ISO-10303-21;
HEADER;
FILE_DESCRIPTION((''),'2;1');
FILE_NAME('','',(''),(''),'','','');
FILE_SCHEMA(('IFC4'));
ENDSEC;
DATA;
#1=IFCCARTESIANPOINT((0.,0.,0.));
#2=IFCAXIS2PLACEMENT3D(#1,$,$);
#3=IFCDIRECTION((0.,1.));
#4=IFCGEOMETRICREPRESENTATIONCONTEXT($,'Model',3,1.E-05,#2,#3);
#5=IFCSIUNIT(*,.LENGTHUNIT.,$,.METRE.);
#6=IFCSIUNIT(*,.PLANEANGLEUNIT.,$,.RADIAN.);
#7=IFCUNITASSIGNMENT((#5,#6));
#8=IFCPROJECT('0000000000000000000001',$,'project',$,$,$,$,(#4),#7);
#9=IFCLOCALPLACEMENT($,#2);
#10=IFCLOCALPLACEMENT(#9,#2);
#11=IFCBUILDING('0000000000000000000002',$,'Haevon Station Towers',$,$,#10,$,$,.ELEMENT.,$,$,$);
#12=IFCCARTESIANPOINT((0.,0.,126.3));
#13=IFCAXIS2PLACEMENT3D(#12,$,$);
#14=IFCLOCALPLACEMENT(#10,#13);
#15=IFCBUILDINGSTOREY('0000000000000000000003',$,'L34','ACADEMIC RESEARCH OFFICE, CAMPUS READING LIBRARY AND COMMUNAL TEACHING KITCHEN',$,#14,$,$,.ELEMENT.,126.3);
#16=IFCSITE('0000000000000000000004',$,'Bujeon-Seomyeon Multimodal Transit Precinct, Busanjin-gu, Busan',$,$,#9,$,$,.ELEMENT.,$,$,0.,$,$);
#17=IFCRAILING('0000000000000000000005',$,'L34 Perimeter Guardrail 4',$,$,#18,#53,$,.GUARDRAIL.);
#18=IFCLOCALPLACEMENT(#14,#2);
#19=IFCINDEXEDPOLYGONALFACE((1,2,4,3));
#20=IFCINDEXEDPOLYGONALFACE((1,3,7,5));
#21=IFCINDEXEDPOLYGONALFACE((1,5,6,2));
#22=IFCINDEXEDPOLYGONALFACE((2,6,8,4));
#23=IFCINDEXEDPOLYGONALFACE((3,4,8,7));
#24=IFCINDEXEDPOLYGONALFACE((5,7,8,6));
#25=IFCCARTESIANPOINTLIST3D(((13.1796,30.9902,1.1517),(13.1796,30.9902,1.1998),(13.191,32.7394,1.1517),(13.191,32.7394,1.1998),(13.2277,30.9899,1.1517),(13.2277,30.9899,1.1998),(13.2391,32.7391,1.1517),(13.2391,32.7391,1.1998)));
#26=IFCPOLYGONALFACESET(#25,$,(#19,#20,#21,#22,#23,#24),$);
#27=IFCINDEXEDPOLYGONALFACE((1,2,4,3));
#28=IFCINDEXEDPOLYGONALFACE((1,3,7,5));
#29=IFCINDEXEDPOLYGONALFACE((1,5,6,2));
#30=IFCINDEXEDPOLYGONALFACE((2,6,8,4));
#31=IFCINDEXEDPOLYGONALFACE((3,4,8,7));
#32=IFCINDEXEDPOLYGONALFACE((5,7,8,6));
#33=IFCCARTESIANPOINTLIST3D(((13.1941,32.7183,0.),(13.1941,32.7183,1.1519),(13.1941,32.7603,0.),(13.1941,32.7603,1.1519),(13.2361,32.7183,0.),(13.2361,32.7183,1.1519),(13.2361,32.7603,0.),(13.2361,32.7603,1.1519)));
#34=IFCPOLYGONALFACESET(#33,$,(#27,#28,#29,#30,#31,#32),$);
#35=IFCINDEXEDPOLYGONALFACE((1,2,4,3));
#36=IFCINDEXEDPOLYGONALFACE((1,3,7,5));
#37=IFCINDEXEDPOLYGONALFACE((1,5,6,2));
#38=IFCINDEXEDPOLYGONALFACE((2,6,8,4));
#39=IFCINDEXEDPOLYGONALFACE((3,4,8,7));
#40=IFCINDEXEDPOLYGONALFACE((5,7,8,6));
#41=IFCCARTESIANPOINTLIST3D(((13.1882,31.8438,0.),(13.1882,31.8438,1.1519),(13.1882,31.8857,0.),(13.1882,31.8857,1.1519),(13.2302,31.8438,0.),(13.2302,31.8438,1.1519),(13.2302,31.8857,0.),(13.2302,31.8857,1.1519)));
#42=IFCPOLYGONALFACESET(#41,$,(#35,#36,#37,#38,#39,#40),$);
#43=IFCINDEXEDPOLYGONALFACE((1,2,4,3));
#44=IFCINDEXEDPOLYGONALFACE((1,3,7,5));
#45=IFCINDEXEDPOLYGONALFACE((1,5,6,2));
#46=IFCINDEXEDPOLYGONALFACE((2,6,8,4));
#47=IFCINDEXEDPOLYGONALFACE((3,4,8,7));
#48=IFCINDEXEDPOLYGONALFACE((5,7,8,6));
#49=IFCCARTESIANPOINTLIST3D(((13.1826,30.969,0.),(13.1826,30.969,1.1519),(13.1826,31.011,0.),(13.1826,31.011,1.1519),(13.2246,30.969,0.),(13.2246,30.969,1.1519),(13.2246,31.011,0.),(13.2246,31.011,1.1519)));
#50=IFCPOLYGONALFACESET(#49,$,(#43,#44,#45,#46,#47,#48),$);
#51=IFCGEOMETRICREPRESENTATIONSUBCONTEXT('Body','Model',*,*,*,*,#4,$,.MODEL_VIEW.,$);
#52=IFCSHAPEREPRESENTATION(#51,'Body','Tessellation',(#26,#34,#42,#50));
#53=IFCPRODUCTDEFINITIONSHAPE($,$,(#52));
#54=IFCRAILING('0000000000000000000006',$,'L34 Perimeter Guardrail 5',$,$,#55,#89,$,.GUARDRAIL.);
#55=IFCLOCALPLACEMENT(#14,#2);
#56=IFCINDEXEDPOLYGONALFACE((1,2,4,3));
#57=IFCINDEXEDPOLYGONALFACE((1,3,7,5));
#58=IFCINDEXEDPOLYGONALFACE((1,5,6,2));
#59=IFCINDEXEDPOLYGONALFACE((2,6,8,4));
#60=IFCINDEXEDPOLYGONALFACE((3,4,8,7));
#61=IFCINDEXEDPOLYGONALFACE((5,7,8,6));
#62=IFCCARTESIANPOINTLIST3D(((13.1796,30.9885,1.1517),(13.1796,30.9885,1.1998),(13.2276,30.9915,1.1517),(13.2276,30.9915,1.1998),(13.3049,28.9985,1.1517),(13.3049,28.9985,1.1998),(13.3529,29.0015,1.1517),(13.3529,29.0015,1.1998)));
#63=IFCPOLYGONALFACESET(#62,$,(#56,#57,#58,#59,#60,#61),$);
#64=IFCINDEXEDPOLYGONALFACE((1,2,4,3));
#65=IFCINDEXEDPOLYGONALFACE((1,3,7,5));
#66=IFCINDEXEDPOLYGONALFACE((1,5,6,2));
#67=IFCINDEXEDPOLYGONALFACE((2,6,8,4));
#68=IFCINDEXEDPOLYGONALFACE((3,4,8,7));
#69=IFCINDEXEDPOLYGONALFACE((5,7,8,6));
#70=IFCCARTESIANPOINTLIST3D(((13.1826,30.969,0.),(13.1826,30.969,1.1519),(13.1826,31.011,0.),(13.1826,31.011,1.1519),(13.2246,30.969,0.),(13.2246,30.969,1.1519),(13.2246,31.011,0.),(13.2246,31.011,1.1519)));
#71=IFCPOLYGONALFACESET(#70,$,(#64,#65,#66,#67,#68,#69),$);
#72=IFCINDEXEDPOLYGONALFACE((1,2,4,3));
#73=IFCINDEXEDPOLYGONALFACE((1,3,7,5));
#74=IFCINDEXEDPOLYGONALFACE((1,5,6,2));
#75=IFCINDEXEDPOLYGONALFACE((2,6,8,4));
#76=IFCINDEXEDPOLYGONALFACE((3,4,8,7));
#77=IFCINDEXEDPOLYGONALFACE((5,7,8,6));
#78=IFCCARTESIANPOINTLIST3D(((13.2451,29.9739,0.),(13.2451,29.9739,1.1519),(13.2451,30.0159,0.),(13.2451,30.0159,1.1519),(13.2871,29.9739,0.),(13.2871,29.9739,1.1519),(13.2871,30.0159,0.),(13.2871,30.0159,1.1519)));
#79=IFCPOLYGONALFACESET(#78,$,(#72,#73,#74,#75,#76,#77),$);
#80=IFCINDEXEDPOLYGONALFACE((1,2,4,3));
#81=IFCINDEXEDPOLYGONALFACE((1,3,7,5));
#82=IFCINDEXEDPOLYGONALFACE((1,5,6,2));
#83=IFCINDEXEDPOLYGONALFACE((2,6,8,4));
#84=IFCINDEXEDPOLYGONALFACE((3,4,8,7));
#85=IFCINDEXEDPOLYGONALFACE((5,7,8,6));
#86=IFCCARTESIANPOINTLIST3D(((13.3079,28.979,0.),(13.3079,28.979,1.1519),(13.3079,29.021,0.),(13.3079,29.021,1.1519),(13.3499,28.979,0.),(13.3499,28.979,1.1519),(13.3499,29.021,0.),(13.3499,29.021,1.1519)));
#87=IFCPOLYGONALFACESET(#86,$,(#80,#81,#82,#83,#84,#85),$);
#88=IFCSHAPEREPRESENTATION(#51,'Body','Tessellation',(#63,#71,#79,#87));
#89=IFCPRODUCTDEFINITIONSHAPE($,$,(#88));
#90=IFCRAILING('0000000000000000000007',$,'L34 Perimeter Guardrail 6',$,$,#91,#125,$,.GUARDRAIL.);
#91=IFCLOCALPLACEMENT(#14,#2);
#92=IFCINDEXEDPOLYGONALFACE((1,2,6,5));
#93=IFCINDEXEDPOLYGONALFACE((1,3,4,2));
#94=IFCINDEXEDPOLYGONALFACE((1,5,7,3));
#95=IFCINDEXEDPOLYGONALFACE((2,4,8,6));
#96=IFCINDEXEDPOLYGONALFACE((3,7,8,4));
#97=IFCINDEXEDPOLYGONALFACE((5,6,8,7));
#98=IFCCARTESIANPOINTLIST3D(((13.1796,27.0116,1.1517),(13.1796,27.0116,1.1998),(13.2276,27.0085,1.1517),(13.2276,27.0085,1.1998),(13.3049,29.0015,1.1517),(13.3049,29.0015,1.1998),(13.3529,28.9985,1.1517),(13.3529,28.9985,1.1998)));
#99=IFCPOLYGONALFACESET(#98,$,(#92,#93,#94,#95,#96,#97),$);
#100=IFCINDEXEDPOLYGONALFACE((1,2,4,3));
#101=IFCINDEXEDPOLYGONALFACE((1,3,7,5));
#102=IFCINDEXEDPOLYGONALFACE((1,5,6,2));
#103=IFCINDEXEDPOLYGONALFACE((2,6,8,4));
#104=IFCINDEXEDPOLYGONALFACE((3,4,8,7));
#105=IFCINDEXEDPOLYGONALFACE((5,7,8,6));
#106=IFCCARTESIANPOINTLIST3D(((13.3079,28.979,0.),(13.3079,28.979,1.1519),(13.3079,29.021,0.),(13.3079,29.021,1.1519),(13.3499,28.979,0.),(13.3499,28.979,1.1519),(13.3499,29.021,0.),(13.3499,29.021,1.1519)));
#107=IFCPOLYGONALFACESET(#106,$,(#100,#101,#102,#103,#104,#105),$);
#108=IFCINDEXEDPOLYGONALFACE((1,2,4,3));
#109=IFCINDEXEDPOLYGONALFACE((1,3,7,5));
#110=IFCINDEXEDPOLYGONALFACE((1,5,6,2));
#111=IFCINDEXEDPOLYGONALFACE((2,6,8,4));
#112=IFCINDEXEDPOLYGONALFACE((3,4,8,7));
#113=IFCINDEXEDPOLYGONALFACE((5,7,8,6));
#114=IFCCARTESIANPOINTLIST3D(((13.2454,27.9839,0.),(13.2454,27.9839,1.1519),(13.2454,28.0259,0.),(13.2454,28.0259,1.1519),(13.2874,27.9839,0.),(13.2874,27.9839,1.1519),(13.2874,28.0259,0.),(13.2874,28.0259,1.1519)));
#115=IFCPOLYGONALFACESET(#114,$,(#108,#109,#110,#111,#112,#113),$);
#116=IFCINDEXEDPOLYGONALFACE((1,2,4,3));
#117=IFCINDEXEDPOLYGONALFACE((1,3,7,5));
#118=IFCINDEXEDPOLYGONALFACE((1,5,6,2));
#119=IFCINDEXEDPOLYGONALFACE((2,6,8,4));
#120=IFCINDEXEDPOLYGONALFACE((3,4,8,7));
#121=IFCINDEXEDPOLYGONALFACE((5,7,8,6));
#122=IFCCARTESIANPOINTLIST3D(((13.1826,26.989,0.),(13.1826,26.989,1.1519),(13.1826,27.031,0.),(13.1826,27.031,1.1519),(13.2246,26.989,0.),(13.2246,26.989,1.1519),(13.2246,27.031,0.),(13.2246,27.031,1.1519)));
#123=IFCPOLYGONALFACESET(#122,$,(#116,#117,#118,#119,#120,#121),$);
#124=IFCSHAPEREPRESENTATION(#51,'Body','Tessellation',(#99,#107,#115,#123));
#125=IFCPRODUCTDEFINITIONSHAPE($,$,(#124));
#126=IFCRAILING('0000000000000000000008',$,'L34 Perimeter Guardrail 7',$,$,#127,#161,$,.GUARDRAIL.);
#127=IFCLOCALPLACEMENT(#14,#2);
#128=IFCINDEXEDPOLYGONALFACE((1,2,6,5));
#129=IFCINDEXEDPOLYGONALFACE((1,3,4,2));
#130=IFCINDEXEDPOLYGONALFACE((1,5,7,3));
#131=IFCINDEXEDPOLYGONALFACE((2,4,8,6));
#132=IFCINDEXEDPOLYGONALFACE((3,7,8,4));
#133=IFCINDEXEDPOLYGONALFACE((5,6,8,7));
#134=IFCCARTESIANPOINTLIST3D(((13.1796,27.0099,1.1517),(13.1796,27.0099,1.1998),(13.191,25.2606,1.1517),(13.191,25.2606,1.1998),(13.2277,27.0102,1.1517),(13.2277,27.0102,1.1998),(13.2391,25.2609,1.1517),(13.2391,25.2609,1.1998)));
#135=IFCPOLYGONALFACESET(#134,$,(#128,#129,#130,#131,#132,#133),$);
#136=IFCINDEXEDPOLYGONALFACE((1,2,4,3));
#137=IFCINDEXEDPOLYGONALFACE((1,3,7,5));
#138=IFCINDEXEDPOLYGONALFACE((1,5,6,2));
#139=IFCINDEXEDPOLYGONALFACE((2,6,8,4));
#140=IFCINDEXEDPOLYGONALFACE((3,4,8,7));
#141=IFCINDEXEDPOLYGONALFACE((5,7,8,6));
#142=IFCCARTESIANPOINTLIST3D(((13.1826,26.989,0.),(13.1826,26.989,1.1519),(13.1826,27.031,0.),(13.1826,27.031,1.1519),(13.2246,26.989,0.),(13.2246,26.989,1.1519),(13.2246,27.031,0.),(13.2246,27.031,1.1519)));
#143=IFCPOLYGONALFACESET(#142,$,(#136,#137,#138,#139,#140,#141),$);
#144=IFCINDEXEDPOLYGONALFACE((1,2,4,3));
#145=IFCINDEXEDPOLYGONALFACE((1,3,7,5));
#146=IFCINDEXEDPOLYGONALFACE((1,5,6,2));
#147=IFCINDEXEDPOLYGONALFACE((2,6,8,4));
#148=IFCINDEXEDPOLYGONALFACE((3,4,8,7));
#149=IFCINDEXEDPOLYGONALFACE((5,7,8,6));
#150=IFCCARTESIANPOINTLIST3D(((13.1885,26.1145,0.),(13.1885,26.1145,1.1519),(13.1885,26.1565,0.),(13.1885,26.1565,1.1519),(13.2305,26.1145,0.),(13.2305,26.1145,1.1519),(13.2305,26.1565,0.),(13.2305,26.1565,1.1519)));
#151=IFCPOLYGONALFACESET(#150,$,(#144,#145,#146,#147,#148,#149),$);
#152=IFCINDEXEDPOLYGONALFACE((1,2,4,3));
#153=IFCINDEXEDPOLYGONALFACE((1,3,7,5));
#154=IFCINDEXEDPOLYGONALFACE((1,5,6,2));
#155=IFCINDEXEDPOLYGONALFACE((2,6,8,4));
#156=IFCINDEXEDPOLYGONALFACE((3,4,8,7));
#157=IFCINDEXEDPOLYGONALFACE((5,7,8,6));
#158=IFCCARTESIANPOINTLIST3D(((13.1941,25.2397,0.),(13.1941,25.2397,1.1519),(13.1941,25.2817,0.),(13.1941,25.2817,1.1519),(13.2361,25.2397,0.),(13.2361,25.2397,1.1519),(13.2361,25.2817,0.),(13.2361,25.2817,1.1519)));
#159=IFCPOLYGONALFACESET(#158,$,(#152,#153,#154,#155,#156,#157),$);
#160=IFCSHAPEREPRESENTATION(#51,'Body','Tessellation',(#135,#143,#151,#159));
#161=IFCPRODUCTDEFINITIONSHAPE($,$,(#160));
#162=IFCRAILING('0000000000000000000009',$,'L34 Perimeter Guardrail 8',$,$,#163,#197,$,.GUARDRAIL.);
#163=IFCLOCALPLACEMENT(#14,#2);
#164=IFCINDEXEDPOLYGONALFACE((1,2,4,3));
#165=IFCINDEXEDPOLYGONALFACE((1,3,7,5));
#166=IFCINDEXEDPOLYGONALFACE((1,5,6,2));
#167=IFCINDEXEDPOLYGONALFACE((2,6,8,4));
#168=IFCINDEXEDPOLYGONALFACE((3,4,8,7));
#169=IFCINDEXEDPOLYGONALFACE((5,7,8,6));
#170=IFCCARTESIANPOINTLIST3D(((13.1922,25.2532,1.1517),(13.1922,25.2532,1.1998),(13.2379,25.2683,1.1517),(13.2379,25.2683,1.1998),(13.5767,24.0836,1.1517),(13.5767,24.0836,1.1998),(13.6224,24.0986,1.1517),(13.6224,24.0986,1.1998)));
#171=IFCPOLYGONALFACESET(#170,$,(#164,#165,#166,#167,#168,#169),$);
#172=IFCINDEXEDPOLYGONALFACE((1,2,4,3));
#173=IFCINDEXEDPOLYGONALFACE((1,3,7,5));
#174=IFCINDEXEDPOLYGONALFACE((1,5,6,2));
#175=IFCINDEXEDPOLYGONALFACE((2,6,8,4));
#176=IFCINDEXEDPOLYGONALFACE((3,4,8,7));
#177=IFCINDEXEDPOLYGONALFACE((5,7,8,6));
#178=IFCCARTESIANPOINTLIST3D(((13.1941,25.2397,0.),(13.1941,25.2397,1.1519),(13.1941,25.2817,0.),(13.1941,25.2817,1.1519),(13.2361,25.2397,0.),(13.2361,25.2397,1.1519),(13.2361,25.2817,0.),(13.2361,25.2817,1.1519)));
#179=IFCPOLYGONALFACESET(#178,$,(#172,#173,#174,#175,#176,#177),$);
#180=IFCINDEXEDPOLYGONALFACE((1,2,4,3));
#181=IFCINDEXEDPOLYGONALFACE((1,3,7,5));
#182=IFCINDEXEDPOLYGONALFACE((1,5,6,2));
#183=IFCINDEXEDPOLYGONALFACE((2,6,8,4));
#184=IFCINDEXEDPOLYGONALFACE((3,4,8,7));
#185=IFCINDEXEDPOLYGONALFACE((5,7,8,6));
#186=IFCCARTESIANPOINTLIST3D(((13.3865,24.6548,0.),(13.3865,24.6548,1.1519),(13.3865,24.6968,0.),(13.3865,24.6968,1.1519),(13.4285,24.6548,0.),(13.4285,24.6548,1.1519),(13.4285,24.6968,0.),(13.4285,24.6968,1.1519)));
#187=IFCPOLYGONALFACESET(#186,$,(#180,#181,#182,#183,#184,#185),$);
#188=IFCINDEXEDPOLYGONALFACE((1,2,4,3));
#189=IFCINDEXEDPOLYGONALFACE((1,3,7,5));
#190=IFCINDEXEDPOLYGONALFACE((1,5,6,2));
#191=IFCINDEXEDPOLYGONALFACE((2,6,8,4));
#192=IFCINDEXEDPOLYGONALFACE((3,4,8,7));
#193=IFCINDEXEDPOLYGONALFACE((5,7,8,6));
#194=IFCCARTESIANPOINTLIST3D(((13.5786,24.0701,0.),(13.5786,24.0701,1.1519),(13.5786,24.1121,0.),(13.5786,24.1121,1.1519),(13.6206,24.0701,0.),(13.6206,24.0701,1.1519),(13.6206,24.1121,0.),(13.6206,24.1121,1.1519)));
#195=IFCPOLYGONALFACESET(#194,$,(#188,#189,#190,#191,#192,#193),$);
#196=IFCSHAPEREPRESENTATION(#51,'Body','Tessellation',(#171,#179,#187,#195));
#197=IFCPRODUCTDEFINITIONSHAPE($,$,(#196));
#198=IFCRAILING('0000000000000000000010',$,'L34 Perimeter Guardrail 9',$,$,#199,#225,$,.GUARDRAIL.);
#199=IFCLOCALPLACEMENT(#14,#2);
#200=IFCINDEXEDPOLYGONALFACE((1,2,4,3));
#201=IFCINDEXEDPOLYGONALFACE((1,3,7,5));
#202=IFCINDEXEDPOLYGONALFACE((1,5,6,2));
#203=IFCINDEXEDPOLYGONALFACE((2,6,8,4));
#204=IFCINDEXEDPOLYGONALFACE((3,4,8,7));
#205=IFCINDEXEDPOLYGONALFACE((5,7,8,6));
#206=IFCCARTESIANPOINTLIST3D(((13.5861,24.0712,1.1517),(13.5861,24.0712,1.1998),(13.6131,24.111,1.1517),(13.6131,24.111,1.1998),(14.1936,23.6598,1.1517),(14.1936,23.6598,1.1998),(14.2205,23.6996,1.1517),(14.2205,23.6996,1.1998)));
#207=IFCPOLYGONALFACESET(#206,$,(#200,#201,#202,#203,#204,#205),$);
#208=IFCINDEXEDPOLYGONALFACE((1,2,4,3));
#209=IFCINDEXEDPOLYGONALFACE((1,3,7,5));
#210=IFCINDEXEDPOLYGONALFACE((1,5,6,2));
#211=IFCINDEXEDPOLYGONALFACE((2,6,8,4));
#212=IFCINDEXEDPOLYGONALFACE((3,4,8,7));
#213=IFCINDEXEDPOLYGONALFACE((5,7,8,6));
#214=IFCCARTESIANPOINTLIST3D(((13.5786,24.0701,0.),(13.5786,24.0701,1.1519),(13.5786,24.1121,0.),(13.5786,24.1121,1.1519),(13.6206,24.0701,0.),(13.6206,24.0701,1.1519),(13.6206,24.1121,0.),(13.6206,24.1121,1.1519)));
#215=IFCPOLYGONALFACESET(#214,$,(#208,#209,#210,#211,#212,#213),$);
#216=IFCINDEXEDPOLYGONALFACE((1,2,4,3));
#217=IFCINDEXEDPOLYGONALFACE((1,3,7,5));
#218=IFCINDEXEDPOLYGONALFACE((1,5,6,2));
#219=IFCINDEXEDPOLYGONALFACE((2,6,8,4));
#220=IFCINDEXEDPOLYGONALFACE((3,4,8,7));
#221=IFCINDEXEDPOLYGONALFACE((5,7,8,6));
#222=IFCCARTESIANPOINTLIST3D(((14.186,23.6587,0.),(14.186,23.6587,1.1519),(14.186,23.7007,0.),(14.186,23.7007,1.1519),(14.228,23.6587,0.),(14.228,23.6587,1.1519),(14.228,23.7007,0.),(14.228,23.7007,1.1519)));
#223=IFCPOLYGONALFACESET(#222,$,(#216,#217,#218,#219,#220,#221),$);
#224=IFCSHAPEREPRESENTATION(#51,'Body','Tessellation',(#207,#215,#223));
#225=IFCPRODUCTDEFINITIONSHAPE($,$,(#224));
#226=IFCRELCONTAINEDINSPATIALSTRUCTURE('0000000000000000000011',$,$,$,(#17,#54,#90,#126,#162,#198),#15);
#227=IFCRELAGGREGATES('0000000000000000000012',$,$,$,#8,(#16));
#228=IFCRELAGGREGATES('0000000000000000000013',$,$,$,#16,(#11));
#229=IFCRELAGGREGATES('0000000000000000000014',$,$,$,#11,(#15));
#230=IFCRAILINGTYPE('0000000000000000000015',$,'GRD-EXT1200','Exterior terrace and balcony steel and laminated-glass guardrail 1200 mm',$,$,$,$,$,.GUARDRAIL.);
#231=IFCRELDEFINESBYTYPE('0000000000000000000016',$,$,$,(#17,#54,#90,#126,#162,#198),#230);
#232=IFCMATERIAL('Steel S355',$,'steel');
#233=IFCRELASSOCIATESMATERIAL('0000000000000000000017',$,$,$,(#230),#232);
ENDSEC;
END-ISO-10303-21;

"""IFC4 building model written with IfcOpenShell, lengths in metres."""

from ifc_helpers import new_model, si_unit, direction, frame, origin, origin_2d, place, context, subcontext, project, spatial, rectangle, extrude, material, type_object, element, save


model = new_model("IFC4")

# Units and contexts
model_context = context("Model", 3, precision=1e-05, world=origin(), true_north=direction((0.0, 1.0)))
body_context = subcontext(model_context, "Body", "Model", "MODEL_VIEW")
ifc_project = project(units=[si_unit("LENGTHUNIT", "METRE"), si_unit("PLANEANGLEUNIT", "RADIAN")], contexts=[model_context])

# Site, building, storey
site_placement = place(None, origin())
site = spatial("IfcSite", under=ifc_project, at=site_placement, Name="Bujeon-Seomyeon Multimodal Transit Precinct, Busanjin-gu, Busan", CompositionType="ELEMENT", RefElevation=0.0)
building_placement = place(site_placement, origin())
building = spatial("IfcBuilding", under=site, at=building_placement, Name="Haevon Station Towers", CompositionType="ELEMENT")
storey_placement = place(building_placement, frame((0.0, 0.0, 126.3)))
storey = spatial("IfcBuildingStorey", under=building, at=storey_placement, Name="L34", Description="ACADEMIC RESEARCH OFFICE, CAMPUS READING LIBRARY AND COMMUNAL TEACHING KITCHEN", CompositionType="ELEMENT", Elevation=126.3)

# Shared definitions
ifc_material_1 = material(Name="Steel S355", Category="steel")

# Railings
railing_type = type_object("IfcRailingType", Name="GRD-EXT1200", Description="Exterior terrace and balcony steel and laminated-glass guardrail 1200 mm", PredefinedType="GUARDRAIL", material=ifc_material_1)
railing_1_placement = place(storey_placement, frame((13.2151, 32.7393, 0.0)))
element("IfcRailing", 1, at=railing_1_placement, inside=storey, type_object=railing_type, Name="L34 Perimeter Guardrail 4", PredefinedType="GUARDRAIL", context=body_context, shape_type="SweptSolid", body=[
    extrude(rectangle(XDim=0.0481, YDim=0.0481, at=origin_2d()), frame((0.0, 0.0, 1.1758), z_axis=(-0.00656, -0.999978, 0.0), x_axis=(0.999978, -0.00656, 0.0)), (0.0, 0.0, 1.0), 1.7493),
    extrude(rectangle(XDim=0.042, YDim=0.042, at=origin_2d()), origin(), (0.0, 0.0, 1.0), 1.1519),
    extrude(rectangle(XDim=0.042, YDim=0.042, at=origin_2d()), frame((-0.0059, -0.8745, 0.0)), (0.0, 0.0, 1.0), 1.1519),
    extrude(rectangle(XDim=0.042, YDim=0.042, at=origin_2d()), frame((-0.0115, -1.7493, 0.0)), (0.0, 0.0, 1.0), 1.1519),
])
railing_2_placement = place(storey_placement, frame((13.2036, 30.99, 0.0)))
element("IfcRailing", 2, at=railing_2_placement, inside=storey, type_object=railing_type, Name="L34 Perimeter Guardrail 5", PredefinedType="GUARDRAIL", context=body_context, shape_type="SweptSolid", body=[
    extrude(rectangle(XDim=0.0481, YDim=0.0481, at=origin_2d()), frame((0.0, 0.0, 1.1758), z_axis=(0.062813, -0.998025, 0.0), x_axis=(0.998025, 0.062813, 0.0)), (0.0, 0.0, 1.0), 1.9939),
    extrude(rectangle(XDim=0.042, YDim=0.042, at=origin_2d()), origin(), (0.0, 0.0, 1.0), 1.1519),
    extrude(rectangle(XDim=0.042, YDim=0.042, at=origin_2d()), frame((0.0625, -0.9951, 0.0)), (0.0, 0.0, 1.0), 1.1519),
    extrude(rectangle(XDim=0.042, YDim=0.042, at=origin_2d()), frame((0.1252, -1.99, 0.0)), (0.0, 0.0, 1.0), 1.1519),
])
railing_3_placement = place(storey_placement, frame((13.3289, 29.0, 0.0)))
element("IfcRailing", 3, at=railing_3_placement, inside=storey, type_object=railing_type, Name="L34 Perimeter Guardrail 6", PredefinedType="GUARDRAIL", context=body_context, shape_type="SweptSolid", body=[
    extrude(rectangle(XDim=0.0481, YDim=0.0481, at=origin_2d()), frame((0.0, 0.0, 1.1758), z_axis=(-0.062813, -0.998025, 0.0), x_axis=(0.998025, -0.062813, 0.0)), (0.0, 0.0, 1.0), 1.9939),
    extrude(rectangle(XDim=0.042, YDim=0.042, at=origin_2d()), origin(), (0.0, 0.0, 1.0), 1.1519),
    extrude(rectangle(XDim=0.042, YDim=0.042, at=origin_2d()), frame((-0.0625, -0.9951, 0.0)), (0.0, 0.0, 1.0), 1.1519),
    extrude(rectangle(XDim=0.042, YDim=0.042, at=origin_2d()), frame((-0.1252, -1.99, 0.0)), (0.0, 0.0, 1.0), 1.1519),
])
railing_4_placement = place(storey_placement, frame((13.2036, 27.01, 0.0)))
element("IfcRailing", 4, at=railing_4_placement, inside=storey, type_object=railing_type, Name="L34 Perimeter Guardrail 7", PredefinedType="GUARDRAIL", context=body_context, shape_type="SweptSolid", body=[
    extrude(rectangle(XDim=0.0481, YDim=0.0481, at=origin_2d()), frame((0.0, 0.0, 1.1758), z_axis=(0.00656, -0.999978, 0.0), x_axis=(0.999978, 0.00656, 0.0)), (0.0, 0.0, 1.0), 1.7493),
    extrude(rectangle(XDim=0.042, YDim=0.042, at=origin_2d()), origin(), (0.0, 0.0, 1.0), 1.1519),
    extrude(rectangle(XDim=0.042, YDim=0.042, at=origin_2d()), frame((0.0059, -0.8745, 0.0)), (0.0, 0.0, 1.0), 1.1519),
    extrude(rectangle(XDim=0.042, YDim=0.042, at=origin_2d()), frame((0.0115, -1.7493, 0.0)), (0.0, 0.0, 1.0), 1.1519),
])
railing_5_placement = place(storey_placement, frame((13.2151, 25.2607, 0.0)))
element("IfcRailing", 5, at=railing_5_placement, inside=storey, type_object=railing_type, Name="L34 Perimeter Guardrail 8", PredefinedType="GUARDRAIL", context=body_context, shape_type="SweptSolid", body=[
    extrude(rectangle(XDim=0.0481, YDim=0.0481, at=origin_2d()), frame((0.0, 0.0, 1.1758), z_axis=(0.312299, -0.949984, 0.0), x_axis=(0.949984, 0.312299, 0.0)), (0.0, 0.0, 1.0), 1.2312),
    extrude(rectangle(XDim=0.042, YDim=0.042, at=origin_2d()), origin(), (0.0, 0.0, 1.0), 1.1519),
    extrude(rectangle(XDim=0.042, YDim=0.042, at=origin_2d()), frame((0.1924, -0.585, 0.0)), (0.0, 0.0, 1.0), 1.1519),
    extrude(rectangle(XDim=0.042, YDim=0.042, at=origin_2d()), frame((0.3845, -1.1697, 0.0)), (0.0, 0.0, 1.0), 1.1519),
])
railing_6_placement = place(storey_placement, frame((13.5996, 24.0911, 0.0)))
element("IfcRailing", 6, at=railing_6_placement, inside=storey, type_object=railing_type, Name="L34 Perimeter Guardrail 9", PredefinedType="GUARDRAIL", context=body_context, shape_type="SweptSolid", body=[
    extrude(rectangle(XDim=0.0481, YDim=0.0481, at=origin_2d()), frame((0.0, 0.0, 1.1758), z_axis=(0.827983, -0.560752, 0.0), x_axis=(0.560752, 0.827983, 0.0)), (0.0, 0.0, 1.0), 0.7336),
    extrude(rectangle(XDim=0.042, YDim=0.042, at=origin_2d()), origin(), (0.0, 0.0, 1.0), 1.1519),
    extrude(rectangle(XDim=0.042, YDim=0.042, at=origin_2d()), frame((0.6074, -0.4114, 0.0)), (0.0, 0.0, 1.0), 1.1519),
])

save(model, "model.ifc")
